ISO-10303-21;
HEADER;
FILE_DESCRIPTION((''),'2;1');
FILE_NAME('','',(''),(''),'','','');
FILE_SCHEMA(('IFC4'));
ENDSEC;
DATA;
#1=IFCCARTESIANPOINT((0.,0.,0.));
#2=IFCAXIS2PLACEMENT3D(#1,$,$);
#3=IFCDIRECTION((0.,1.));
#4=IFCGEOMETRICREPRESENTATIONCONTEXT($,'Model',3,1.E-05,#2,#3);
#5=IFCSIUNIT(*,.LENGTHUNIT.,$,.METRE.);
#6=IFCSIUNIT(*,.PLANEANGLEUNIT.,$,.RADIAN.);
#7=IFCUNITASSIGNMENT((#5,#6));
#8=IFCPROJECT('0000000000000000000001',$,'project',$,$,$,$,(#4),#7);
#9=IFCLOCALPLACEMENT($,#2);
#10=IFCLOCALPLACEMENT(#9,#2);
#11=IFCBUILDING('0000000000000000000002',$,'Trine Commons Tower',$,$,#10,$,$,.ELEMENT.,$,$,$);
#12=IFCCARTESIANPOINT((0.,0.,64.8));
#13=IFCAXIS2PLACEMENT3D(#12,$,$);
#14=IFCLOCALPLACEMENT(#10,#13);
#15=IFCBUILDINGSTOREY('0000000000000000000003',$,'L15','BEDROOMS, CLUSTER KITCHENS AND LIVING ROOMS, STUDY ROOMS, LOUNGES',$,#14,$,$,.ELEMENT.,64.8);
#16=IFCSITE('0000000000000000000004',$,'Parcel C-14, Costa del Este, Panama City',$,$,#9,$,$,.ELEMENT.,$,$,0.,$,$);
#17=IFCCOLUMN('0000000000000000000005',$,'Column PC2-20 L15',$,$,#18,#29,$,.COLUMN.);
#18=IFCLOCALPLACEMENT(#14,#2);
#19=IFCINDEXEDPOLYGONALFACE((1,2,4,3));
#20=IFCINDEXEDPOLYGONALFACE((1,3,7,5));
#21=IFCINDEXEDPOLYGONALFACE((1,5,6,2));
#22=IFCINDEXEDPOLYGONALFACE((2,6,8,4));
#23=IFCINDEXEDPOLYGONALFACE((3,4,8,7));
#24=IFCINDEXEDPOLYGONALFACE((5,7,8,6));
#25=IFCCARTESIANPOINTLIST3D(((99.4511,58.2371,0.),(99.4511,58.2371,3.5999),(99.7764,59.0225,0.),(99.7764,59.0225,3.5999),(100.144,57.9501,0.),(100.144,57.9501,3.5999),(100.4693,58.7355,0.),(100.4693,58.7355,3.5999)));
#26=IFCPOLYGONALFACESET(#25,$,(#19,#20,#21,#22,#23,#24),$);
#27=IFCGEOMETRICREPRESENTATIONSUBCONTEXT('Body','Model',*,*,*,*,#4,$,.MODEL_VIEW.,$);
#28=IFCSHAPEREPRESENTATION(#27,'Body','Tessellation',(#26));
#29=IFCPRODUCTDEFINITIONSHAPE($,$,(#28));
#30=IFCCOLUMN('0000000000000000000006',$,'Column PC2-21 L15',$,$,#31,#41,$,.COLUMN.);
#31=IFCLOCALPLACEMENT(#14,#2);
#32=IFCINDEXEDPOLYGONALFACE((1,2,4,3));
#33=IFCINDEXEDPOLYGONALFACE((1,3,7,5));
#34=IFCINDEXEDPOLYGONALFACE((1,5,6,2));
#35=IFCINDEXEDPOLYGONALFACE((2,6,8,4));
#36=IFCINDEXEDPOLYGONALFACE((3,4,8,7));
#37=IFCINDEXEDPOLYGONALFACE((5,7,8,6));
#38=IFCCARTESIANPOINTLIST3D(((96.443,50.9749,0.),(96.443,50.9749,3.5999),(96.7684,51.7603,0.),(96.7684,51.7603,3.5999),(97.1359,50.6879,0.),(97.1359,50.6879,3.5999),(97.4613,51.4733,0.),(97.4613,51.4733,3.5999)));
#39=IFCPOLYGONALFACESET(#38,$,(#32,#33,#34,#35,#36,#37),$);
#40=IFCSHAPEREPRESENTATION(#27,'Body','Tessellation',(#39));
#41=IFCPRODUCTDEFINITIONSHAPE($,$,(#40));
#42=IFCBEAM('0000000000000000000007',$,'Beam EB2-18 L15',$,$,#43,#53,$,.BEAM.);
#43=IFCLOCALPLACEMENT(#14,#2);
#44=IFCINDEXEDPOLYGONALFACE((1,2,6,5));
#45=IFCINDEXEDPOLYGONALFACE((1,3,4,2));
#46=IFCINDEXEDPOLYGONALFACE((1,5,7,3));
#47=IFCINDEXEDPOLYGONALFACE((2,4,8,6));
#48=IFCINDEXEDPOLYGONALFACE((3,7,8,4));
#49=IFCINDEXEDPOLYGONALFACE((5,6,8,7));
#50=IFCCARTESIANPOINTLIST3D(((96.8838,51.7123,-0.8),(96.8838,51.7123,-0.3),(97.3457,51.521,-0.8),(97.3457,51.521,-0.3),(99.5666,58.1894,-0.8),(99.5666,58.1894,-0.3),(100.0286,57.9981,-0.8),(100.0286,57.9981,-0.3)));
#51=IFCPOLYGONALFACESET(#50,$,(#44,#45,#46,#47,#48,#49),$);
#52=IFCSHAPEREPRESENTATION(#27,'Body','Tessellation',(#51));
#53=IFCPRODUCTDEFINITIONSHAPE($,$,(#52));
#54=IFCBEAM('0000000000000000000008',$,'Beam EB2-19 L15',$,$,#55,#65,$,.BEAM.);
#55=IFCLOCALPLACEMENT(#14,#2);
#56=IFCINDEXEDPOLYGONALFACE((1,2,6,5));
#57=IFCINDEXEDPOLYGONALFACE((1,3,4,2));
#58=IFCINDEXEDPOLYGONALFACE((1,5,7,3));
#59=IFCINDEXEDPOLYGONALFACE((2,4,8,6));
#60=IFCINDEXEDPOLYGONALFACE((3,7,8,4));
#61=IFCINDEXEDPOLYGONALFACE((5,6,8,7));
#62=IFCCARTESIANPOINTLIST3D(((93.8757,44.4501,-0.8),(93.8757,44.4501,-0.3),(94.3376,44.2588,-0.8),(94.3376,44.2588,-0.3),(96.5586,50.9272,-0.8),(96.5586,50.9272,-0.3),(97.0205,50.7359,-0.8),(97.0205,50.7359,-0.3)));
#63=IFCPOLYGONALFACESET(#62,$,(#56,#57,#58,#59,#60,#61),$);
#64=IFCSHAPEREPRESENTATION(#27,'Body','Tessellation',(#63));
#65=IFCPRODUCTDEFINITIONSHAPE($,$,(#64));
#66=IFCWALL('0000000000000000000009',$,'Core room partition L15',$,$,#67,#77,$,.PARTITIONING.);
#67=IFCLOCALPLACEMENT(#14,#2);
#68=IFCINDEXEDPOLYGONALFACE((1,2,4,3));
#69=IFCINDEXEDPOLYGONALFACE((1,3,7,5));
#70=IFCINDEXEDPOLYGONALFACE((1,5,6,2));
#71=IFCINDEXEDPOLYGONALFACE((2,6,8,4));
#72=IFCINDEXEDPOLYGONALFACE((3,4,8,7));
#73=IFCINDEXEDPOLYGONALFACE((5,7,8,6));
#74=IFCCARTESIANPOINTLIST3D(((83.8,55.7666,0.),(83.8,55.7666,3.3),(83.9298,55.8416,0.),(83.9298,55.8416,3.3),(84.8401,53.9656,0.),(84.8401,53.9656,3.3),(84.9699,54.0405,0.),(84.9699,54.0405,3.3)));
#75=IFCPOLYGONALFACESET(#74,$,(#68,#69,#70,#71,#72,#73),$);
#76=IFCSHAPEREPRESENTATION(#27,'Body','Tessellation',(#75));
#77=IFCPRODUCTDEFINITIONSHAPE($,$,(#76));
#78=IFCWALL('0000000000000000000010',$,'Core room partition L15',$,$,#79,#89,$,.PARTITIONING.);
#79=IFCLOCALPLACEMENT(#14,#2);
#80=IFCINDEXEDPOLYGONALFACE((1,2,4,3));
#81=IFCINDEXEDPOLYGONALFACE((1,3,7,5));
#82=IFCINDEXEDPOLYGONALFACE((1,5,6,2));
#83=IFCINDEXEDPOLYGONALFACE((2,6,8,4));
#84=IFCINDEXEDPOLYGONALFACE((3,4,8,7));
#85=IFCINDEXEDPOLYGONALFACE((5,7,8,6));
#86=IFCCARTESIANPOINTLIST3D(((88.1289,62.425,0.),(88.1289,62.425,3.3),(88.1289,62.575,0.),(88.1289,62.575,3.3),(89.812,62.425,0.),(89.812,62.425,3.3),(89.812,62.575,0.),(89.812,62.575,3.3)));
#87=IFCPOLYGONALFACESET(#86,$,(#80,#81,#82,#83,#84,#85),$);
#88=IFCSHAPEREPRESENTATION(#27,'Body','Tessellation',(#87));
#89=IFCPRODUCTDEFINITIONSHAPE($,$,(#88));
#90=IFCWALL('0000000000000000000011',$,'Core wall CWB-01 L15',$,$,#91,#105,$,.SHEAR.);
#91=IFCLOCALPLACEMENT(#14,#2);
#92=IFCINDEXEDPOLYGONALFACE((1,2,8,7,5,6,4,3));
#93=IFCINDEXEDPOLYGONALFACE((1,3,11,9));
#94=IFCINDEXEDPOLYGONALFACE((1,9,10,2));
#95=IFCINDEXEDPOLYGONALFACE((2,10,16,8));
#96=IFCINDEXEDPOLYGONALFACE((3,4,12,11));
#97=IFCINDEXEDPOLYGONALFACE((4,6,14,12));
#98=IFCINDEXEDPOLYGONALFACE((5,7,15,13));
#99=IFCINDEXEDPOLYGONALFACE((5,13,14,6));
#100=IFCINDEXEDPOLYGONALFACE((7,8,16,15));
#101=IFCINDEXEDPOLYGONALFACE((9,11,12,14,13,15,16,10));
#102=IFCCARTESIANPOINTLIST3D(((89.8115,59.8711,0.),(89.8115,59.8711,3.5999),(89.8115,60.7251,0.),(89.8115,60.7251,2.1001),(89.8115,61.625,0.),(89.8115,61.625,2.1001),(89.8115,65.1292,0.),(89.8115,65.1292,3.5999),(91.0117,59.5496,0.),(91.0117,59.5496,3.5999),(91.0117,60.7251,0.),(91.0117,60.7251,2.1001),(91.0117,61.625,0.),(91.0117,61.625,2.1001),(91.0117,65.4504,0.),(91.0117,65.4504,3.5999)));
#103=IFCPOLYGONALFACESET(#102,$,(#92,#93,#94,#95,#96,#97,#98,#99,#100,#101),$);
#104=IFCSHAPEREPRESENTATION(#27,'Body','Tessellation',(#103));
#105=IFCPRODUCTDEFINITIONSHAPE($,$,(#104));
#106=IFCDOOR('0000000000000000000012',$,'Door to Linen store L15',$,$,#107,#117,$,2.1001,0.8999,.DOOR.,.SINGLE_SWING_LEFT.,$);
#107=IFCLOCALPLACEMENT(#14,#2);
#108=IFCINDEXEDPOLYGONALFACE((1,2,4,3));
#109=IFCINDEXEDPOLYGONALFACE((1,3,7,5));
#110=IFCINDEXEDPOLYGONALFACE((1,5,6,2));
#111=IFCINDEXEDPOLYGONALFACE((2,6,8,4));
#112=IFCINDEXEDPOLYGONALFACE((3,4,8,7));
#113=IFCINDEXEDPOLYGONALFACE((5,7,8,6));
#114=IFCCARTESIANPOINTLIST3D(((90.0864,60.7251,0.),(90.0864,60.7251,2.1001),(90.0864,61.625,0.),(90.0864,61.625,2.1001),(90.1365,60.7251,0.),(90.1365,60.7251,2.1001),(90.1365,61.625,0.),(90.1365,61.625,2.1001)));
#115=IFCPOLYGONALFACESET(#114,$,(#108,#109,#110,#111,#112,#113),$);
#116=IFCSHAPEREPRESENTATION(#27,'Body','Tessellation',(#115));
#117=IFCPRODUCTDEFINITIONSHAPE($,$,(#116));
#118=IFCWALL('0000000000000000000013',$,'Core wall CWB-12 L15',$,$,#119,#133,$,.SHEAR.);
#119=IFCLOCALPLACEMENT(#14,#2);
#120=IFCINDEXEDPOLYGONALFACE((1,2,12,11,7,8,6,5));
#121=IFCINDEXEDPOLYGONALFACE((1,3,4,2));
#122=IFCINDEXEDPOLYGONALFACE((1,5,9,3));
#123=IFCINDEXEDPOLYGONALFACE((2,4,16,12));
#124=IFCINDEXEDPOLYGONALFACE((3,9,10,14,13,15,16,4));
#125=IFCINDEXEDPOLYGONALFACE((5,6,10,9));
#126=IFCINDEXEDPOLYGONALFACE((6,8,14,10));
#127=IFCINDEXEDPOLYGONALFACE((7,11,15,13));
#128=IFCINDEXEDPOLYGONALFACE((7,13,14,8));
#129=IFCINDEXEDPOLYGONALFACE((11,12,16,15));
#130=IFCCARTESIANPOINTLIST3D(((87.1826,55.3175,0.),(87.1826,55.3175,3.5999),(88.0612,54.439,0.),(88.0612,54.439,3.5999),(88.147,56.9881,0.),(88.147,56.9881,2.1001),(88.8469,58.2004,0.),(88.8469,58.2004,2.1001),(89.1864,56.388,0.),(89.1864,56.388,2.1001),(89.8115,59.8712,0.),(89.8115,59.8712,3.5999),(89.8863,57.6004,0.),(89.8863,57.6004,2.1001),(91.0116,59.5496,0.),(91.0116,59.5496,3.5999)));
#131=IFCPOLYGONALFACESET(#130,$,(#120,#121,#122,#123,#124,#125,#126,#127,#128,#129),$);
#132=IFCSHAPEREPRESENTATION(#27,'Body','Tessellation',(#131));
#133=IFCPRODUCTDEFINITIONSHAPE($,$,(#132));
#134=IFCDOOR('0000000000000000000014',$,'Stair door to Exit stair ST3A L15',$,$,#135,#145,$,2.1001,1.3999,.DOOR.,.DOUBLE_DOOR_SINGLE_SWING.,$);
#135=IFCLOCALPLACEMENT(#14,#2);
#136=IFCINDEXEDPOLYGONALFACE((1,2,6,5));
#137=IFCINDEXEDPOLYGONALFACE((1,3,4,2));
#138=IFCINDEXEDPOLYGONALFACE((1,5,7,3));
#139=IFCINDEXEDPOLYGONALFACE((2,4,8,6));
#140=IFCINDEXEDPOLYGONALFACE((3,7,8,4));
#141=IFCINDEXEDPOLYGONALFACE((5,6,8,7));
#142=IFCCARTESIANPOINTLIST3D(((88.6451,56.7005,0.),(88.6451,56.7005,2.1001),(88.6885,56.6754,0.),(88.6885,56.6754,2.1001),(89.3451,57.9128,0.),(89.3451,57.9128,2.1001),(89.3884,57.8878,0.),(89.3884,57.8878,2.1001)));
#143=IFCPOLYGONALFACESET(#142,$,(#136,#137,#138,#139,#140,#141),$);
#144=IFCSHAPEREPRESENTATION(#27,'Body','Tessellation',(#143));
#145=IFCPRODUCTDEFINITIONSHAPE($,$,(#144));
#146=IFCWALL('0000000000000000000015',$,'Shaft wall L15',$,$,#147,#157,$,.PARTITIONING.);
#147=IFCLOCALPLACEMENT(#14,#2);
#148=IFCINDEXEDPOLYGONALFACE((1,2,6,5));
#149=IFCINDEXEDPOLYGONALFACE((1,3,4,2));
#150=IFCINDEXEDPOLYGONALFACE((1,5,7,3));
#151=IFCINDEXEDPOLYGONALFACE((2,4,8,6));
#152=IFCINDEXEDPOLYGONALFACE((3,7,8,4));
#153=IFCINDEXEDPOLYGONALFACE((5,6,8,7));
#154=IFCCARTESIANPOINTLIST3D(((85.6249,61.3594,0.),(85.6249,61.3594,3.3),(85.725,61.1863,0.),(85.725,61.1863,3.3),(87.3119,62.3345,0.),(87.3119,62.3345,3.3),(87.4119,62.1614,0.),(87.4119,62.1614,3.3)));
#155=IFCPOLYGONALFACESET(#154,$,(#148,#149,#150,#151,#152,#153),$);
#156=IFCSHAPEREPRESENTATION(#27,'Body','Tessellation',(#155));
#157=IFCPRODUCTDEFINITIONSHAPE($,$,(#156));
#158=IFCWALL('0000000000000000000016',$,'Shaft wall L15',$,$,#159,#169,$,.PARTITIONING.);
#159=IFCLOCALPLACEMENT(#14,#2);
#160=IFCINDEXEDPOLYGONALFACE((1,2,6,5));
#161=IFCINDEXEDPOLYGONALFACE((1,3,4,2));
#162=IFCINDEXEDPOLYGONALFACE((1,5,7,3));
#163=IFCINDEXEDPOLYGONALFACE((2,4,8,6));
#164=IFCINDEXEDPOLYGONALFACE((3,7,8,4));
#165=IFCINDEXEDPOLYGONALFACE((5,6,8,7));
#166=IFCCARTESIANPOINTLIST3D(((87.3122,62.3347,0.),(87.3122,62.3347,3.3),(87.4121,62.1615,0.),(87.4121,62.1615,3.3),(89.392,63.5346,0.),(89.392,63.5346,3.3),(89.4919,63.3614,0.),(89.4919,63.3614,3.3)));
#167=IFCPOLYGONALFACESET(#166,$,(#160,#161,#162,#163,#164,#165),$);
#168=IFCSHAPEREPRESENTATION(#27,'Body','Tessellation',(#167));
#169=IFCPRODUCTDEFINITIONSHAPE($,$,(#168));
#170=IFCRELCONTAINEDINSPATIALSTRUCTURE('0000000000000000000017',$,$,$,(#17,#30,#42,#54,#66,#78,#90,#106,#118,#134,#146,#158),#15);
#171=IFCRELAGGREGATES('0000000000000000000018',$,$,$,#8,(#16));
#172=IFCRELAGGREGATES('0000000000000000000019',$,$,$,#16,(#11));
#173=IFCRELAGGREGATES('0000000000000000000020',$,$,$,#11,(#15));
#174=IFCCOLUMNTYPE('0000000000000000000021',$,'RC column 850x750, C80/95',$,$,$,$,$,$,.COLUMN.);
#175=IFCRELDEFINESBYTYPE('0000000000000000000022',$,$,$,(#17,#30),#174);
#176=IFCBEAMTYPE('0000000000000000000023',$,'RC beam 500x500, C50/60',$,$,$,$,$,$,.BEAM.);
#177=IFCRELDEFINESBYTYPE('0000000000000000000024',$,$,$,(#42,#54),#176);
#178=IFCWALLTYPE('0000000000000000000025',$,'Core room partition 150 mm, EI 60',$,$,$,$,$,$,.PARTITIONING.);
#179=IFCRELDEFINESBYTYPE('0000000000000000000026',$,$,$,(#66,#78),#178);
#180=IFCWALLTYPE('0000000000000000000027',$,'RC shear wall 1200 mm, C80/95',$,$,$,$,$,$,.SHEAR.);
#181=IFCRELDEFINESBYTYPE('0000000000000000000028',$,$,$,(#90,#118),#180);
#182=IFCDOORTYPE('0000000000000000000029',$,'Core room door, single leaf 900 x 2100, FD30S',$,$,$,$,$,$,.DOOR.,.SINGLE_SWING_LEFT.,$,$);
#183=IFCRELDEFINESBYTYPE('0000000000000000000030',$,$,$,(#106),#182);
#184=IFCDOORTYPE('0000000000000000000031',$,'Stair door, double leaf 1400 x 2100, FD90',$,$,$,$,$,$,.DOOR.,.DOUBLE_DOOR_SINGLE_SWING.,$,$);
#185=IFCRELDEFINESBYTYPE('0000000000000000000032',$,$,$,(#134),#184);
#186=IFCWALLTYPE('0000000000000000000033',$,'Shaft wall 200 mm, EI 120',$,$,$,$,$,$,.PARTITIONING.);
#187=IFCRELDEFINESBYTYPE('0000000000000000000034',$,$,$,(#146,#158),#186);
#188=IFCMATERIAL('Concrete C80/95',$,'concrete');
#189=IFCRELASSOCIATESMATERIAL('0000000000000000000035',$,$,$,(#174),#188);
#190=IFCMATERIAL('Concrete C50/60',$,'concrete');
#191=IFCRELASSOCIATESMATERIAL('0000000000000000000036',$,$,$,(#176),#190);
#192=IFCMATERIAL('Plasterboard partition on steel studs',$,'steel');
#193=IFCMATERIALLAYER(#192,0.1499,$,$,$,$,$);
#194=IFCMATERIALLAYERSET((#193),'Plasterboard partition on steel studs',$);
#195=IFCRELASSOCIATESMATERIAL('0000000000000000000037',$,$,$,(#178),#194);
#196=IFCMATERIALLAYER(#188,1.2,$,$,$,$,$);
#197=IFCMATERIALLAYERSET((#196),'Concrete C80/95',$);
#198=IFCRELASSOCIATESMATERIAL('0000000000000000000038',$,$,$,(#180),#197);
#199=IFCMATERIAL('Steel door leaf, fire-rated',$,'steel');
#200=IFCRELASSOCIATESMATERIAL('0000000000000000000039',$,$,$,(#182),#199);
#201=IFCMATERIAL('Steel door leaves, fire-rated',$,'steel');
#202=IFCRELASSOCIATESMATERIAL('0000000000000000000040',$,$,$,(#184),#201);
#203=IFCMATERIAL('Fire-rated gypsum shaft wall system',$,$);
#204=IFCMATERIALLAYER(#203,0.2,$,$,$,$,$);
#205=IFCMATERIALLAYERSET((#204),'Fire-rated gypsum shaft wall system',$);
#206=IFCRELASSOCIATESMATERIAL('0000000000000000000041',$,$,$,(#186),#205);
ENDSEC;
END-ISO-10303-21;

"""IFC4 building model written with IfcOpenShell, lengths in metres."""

from ifc_helpers import new_model, si_unit, direction, frame, frame_2d, origin, origin_2d, place, context, subcontext, project, spatial, polyline, rectangle, outline, extrude, material, layer, layer_set, material_profile, profile_set, type_object, element, fill, save


model = new_model("IFC4")

# Units and contexts
model_context = context("Model", 3, precision=1e-05, world=origin(), true_north=direction((0.0, 1.0)))
body_context = subcontext(model_context, "Body", "Model", "MODEL_VIEW")
ifc_project = project(units=[si_unit("LENGTHUNIT", "METRE"), si_unit("PLANEANGLEUNIT", "RADIAN")], contexts=[model_context])

# Site, building, storey
site_placement = place(None, origin())
site = spatial("IfcSite", under=ifc_project, at=site_placement, Name="Parcel C-14, Costa del Este, Panama City", CompositionType="ELEMENT", RefElevation=0.0)
building_placement = place(site_placement, origin())
building = spatial("IfcBuilding", under=site, at=building_placement, Name="Trine Commons Tower", CompositionType="ELEMENT")
storey_placement = place(building_placement, frame((0.0, 0.0, 64.8)))
storey = spatial("IfcBuildingStorey", under=building, at=storey_placement, Name="L15", Description="BEDROOMS, CLUSTER KITCHENS AND LIVING ROOMS, STUDY ROOMS, LOUNGES", CompositionType="ELEMENT", Elevation=64.8)

# Columns
ifc_material_1 = material(Name="Concrete C80/95", Category="concrete")
ifc_material_profile_1 = material_profile(ifc_material_1, rectangle(XDim=0.8501, YDim=0.75, at=origin_2d()), Name="RC 850x750")
ifc_profile_set_1 = profile_set([ifc_material_profile_1], Name="Concrete C80/95")
column_type = type_object("IfcColumnType", Name="RC column 850x750, C80/95", PredefinedType="COLUMN", material=ifc_profile_set_1)
for number, where, z_axis, x_axis, name in (
    (1, (99.9602, 58.4863, 0.0), (0.0, 0.0, 1.0), (0.382683, 0.92388, 0.0), "Column PC2-20 L15"),
    (2, (96.9521, 51.2241, 0.0), (0.0, 0.0, 1.0), (0.382683, 0.92388, 0.0), "Column PC2-21 L15"),
):
    element("IfcColumn", number, at=place(storey_placement, frame(where, z_axis=z_axis, x_axis=x_axis)), inside=storey, type_object=column_type, Name=name, PredefinedType="COLUMN", context=body_context, shape_type="SweptSolid", body=[
        extrude(rectangle(XDim=0.8501, YDim=0.75, at=origin_2d()), origin(), (0.0, 0.0, 1.0), 3.5999),
    ])

# Beams
ifc_material_2 = material(Name="Concrete C50/60", Category="concrete")
ifc_material_profile_2 = material_profile(ifc_material_2, rectangle(XDim=0.5, YDim=0.5, at=origin_2d()), Name="RC 500x500")
ifc_profile_set_2 = profile_set([ifc_material_profile_2], Name="Concrete C50/60")
beam_type = type_object("IfcBeamType", Name="RC beam 500x500, C50/60", PredefinedType="BEAM", material=ifc_profile_set_2)
for number, where, z_axis, x_axis, name in (
    (3, (99.7976, 58.0938, -0.55), (-0.382681, -0.923881, 0.0), (0.923881, -0.382681, 0.0), "Beam EB2-18 L15"),
    (4, (96.7896, 50.8315, -0.55), (-0.382681, -0.923881, 0.0), (0.923881, -0.382681, 0.0), "Beam EB2-19 L15"),
):
    element("IfcBeam", number, at=place(storey_placement, frame(where, z_axis=z_axis, x_axis=x_axis)), inside=storey, type_object=beam_type, Name=name, PredefinedType="BEAM", context=body_context, shape_type="SweptSolid", body=[
        extrude(rectangle(XDim=0.5, YDim=0.5, at=origin_2d()), origin(), (0.0, 0.0, 1.0), 7.0107),
    ])

# Walls
ifc_material_3 = material(Name="Plasterboard partition on steel studs", Category="steel")
ifc_layer_1 = layer(ifc_material_3, 0.1499)
ifc_layer_set_1 = layer_set([ifc_layer_1], Name="Plasterboard partition on steel studs")
wall_type_1 = type_object("IfcWallType", Name="Core room partition 150 mm, EI 60", PredefinedType="PARTITIONING", material=ifc_layer_set_1)
wall_1_placement = place(storey_placement, frame((84.905, 54.0029, 0.0), z_axis=(0.0, 0.0, 1.0), x_axis=(-0.500078, 0.86598, 0.0)))
element("IfcWall", 5, at=wall_1_placement, inside=storey, type_object=wall_type_1, Name="Core room partition L15", PredefinedType="PARTITIONING", context=body_context, shape_type="SweptSolid", body=[
    extrude(rectangle(XDim=2.0798, YDim=0.1499, at=frame_2d((1.04, 0.0))), origin(), (0.0, 0.0, 1.0), 3.3),
])
wall_2_placement = place(storey_placement, frame((89.812, 62.5, 0.0), z_axis=(0.0, 0.0, 1.0), x_axis=(-1.0, 0.0, 0.0)))
element("IfcWall", 6, at=wall_2_placement, inside=storey, type_object=wall_type_1, Name="Core room partition L15", PredefinedType="PARTITIONING", context=body_context, shape_type="SweptSolid", body=[
    extrude(rectangle(XDim=1.6831, YDim=0.1499, at=frame_2d((0.8416, 0.0))), origin(), (0.0, 0.0, 1.0), 3.3),
])

# Walls, openings, doors
ifc_layer_2 = layer(ifc_material_1, 1.2)
ifc_layer_set_2 = layer_set([ifc_layer_2], Name="Concrete C80/95")
wall_type_2 = type_object("IfcWallType", Name="RC shear wall 1200 mm, C80/95", PredefinedType="SHEAR", material=ifc_layer_set_2)
wall_3_placement = place(storey_placement, frame((90.4116, 59.5496, 0.0), z_axis=(0.0, 0.0, 1.0), x_axis=(0.0, 1.0, 0.0)))
wall_3 = element("IfcWall", 7, at=wall_3_placement, inside=storey, type_object=wall_type_2, Name="Core wall CWB-01 L15", PredefinedType="SHEAR", context=body_context, shape_type="SweptSolid", body=[
    extrude(outline(polyline([(0.0, -0.6001), (5.9009, -0.6001), (5.5796, 0.6001), (0.3215, 0.6001), (0.0, -0.6001)])), origin(), (0.0, 0.0, 1.0), 3.5999),
])
opening_1_placement = place(wall_3_placement, frame((1.1755, 0.0, 0.0)))
opening_1 = element("IfcOpeningElement", 8, at=opening_1_placement, cuts=wall_3, PredefinedType="OPENING", context=body_context, shape_type="SweptSolid", body=[
    extrude(rectangle(XDim=0.8999, YDim=2.1001, at=frame_2d((0.45, 1.05))), frame((0.0, 0.6099, 0.0), z_axis=(0.0, -1.0, 0.0), x_axis=(1.0, 0.0, 0.0)), (0.0, 0.0, 1.0), 1.22),
])
ifc_material_4 = material(Name="Steel door leaf, fire-rated", Category="steel")
door_type_1 = type_object("IfcDoorType", Name="Core room door, single leaf 900 x 2100, FD30S", OperationType="SINGLE_SWING_LEFT", PredefinedType="DOOR", material=ifc_material_4)
door_1_placement = place(opening_1_placement, origin())
door_1 = element("IfcDoor", 9, at=door_1_placement, inside=storey, type_object=door_type_1, Name="Door to Linen store L15", OperationType="SINGLE_SWING_LEFT", OverallHeight=2.1001, OverallWidth=0.8999, PredefinedType="DOOR", context=body_context, shape_type="SweptSolid", body=[
    extrude(rectangle(XDim=0.8999, YDim=2.1001, at=frame_2d((0.45, 1.05))), frame((0.0, 0.3252, 0.0), z_axis=(0.0, -1.0, 0.0), x_axis=(1.0, 0.0, 0.0)), (0.0, 0.0, 1.0), 0.05),
])
fill(opening_1, door_1)
wall_4_placement = place(storey_placement, frame((87.5415, 54.739, 0.0), z_axis=(0.0, 0.0, 1.0), x_axis=(0.499979, 0.866037, 0.0)))
wall_4 = element("IfcWall", 10, at=wall_4_placement, inside=storey, type_object=wall_type_2, Name="Core wall CWB-12 L15", PredefinedType="SHEAR", context=body_context, shape_type="SweptSolid", body=[
    extrude(outline(polyline([(0.0, -0.6001), (5.9011, -0.6001), (5.5796, 0.6001), (0.3215, 0.6001), (0.0, -0.6001)])), origin(), (0.0, 0.0, 1.0), 3.5999),
])
opening_2_placement = place(wall_4_placement, frame((2.2505, 0.0, 0.0)))
opening_2 = element("IfcOpeningElement", 11, at=opening_2_placement, cuts=wall_4, PredefinedType="OPENING", context=body_context, shape_type="SweptSolid", body=[
    extrude(rectangle(XDim=1.3999, YDim=2.1001, at=frame_2d((0.7, 1.05))), frame((0.0, 0.6099, 0.0), z_axis=(0.0, -1.0, 0.0), x_axis=(1.0, 0.0, 0.0)), (0.0, 0.0, 1.0), 1.22),
])
ifc_material_5 = material(Name="Steel door leaves, fire-rated", Category="steel")
door_type_2 = type_object("IfcDoorType", Name="Stair door, double leaf 1400 x 2100, FD90", OperationType="DOUBLE_DOOR_SINGLE_SWING", PredefinedType="DOOR", material=ifc_material_5)
door_2_placement = place(opening_2_placement, origin())
door_2 = element("IfcDoor", 12, at=door_2_placement, inside=storey, type_object=door_type_2, Name="Stair door to Exit stair ST3A L15", OperationType="DOUBLE_DOOR_SINGLE_SWING", OverallHeight=2.1001, OverallWidth=1.3999, PredefinedType="DOOR", context=body_context, shape_type="SweptSolid", body=[
    extrude(rectangle(XDim=1.3999, YDim=2.1001, at=frame_2d((0.7, 1.05))), frame((0.0, 0.0249, 0.0), z_axis=(0.0, -1.0, 0.0), x_axis=(1.0, 0.0, 0.0)), (0.0, 0.0, 1.0), 0.05),
])
fill(opening_2, door_2)

# Walls
ifc_material_6 = material(Name="Fire-rated gypsum shaft wall system")
ifc_layer_3 = layer(ifc_material_6, 0.2)
ifc_layer_set_3 = layer_set([ifc_layer_3], Name="Fire-rated gypsum shaft wall system")
wall_type_3 = type_object("IfcWallType", Name="Shaft wall 200 mm, EI 120", PredefinedType="PARTITIONING", material=ifc_layer_set_3)
wall_5_placement = place(storey_placement, frame((85.675, 61.2729, 0.0), z_axis=(0.0, 0.0, 1.0), x_axis=(0.865781, 0.500424, 0.0)))
element("IfcWall", 13, at=wall_5_placement, inside=storey, type_object=wall_type_3, Name="Shaft wall L15", PredefinedType="PARTITIONING", context=body_context, shape_type="SweptSolid", body=[
    extrude(rectangle(XDim=1.9485, YDim=0.2, at=frame_2d((0.9741, 0.0))), origin(), (0.0, 0.0, 1.0), 3.3),
])
wall_6_placement = place(storey_placement, frame((87.3621, 62.248, 0.0), z_axis=(0.0, 0.0, 1.0), x_axis=(0.866177, 0.499737, 0.0)))
element("IfcWall", 14, at=wall_6_placement, inside=storey, type_object=wall_type_3, Name="Shaft wall L15", PredefinedType="PARTITIONING", context=body_context, shape_type="SweptSolid", body=[
    extrude(rectangle(XDim=2.4011, YDim=0.2, at=frame_2d((1.2007, 0.0))), origin(), (0.0, 0.0, 1.0), 3.3),
])

save(model, "model.ifc")
